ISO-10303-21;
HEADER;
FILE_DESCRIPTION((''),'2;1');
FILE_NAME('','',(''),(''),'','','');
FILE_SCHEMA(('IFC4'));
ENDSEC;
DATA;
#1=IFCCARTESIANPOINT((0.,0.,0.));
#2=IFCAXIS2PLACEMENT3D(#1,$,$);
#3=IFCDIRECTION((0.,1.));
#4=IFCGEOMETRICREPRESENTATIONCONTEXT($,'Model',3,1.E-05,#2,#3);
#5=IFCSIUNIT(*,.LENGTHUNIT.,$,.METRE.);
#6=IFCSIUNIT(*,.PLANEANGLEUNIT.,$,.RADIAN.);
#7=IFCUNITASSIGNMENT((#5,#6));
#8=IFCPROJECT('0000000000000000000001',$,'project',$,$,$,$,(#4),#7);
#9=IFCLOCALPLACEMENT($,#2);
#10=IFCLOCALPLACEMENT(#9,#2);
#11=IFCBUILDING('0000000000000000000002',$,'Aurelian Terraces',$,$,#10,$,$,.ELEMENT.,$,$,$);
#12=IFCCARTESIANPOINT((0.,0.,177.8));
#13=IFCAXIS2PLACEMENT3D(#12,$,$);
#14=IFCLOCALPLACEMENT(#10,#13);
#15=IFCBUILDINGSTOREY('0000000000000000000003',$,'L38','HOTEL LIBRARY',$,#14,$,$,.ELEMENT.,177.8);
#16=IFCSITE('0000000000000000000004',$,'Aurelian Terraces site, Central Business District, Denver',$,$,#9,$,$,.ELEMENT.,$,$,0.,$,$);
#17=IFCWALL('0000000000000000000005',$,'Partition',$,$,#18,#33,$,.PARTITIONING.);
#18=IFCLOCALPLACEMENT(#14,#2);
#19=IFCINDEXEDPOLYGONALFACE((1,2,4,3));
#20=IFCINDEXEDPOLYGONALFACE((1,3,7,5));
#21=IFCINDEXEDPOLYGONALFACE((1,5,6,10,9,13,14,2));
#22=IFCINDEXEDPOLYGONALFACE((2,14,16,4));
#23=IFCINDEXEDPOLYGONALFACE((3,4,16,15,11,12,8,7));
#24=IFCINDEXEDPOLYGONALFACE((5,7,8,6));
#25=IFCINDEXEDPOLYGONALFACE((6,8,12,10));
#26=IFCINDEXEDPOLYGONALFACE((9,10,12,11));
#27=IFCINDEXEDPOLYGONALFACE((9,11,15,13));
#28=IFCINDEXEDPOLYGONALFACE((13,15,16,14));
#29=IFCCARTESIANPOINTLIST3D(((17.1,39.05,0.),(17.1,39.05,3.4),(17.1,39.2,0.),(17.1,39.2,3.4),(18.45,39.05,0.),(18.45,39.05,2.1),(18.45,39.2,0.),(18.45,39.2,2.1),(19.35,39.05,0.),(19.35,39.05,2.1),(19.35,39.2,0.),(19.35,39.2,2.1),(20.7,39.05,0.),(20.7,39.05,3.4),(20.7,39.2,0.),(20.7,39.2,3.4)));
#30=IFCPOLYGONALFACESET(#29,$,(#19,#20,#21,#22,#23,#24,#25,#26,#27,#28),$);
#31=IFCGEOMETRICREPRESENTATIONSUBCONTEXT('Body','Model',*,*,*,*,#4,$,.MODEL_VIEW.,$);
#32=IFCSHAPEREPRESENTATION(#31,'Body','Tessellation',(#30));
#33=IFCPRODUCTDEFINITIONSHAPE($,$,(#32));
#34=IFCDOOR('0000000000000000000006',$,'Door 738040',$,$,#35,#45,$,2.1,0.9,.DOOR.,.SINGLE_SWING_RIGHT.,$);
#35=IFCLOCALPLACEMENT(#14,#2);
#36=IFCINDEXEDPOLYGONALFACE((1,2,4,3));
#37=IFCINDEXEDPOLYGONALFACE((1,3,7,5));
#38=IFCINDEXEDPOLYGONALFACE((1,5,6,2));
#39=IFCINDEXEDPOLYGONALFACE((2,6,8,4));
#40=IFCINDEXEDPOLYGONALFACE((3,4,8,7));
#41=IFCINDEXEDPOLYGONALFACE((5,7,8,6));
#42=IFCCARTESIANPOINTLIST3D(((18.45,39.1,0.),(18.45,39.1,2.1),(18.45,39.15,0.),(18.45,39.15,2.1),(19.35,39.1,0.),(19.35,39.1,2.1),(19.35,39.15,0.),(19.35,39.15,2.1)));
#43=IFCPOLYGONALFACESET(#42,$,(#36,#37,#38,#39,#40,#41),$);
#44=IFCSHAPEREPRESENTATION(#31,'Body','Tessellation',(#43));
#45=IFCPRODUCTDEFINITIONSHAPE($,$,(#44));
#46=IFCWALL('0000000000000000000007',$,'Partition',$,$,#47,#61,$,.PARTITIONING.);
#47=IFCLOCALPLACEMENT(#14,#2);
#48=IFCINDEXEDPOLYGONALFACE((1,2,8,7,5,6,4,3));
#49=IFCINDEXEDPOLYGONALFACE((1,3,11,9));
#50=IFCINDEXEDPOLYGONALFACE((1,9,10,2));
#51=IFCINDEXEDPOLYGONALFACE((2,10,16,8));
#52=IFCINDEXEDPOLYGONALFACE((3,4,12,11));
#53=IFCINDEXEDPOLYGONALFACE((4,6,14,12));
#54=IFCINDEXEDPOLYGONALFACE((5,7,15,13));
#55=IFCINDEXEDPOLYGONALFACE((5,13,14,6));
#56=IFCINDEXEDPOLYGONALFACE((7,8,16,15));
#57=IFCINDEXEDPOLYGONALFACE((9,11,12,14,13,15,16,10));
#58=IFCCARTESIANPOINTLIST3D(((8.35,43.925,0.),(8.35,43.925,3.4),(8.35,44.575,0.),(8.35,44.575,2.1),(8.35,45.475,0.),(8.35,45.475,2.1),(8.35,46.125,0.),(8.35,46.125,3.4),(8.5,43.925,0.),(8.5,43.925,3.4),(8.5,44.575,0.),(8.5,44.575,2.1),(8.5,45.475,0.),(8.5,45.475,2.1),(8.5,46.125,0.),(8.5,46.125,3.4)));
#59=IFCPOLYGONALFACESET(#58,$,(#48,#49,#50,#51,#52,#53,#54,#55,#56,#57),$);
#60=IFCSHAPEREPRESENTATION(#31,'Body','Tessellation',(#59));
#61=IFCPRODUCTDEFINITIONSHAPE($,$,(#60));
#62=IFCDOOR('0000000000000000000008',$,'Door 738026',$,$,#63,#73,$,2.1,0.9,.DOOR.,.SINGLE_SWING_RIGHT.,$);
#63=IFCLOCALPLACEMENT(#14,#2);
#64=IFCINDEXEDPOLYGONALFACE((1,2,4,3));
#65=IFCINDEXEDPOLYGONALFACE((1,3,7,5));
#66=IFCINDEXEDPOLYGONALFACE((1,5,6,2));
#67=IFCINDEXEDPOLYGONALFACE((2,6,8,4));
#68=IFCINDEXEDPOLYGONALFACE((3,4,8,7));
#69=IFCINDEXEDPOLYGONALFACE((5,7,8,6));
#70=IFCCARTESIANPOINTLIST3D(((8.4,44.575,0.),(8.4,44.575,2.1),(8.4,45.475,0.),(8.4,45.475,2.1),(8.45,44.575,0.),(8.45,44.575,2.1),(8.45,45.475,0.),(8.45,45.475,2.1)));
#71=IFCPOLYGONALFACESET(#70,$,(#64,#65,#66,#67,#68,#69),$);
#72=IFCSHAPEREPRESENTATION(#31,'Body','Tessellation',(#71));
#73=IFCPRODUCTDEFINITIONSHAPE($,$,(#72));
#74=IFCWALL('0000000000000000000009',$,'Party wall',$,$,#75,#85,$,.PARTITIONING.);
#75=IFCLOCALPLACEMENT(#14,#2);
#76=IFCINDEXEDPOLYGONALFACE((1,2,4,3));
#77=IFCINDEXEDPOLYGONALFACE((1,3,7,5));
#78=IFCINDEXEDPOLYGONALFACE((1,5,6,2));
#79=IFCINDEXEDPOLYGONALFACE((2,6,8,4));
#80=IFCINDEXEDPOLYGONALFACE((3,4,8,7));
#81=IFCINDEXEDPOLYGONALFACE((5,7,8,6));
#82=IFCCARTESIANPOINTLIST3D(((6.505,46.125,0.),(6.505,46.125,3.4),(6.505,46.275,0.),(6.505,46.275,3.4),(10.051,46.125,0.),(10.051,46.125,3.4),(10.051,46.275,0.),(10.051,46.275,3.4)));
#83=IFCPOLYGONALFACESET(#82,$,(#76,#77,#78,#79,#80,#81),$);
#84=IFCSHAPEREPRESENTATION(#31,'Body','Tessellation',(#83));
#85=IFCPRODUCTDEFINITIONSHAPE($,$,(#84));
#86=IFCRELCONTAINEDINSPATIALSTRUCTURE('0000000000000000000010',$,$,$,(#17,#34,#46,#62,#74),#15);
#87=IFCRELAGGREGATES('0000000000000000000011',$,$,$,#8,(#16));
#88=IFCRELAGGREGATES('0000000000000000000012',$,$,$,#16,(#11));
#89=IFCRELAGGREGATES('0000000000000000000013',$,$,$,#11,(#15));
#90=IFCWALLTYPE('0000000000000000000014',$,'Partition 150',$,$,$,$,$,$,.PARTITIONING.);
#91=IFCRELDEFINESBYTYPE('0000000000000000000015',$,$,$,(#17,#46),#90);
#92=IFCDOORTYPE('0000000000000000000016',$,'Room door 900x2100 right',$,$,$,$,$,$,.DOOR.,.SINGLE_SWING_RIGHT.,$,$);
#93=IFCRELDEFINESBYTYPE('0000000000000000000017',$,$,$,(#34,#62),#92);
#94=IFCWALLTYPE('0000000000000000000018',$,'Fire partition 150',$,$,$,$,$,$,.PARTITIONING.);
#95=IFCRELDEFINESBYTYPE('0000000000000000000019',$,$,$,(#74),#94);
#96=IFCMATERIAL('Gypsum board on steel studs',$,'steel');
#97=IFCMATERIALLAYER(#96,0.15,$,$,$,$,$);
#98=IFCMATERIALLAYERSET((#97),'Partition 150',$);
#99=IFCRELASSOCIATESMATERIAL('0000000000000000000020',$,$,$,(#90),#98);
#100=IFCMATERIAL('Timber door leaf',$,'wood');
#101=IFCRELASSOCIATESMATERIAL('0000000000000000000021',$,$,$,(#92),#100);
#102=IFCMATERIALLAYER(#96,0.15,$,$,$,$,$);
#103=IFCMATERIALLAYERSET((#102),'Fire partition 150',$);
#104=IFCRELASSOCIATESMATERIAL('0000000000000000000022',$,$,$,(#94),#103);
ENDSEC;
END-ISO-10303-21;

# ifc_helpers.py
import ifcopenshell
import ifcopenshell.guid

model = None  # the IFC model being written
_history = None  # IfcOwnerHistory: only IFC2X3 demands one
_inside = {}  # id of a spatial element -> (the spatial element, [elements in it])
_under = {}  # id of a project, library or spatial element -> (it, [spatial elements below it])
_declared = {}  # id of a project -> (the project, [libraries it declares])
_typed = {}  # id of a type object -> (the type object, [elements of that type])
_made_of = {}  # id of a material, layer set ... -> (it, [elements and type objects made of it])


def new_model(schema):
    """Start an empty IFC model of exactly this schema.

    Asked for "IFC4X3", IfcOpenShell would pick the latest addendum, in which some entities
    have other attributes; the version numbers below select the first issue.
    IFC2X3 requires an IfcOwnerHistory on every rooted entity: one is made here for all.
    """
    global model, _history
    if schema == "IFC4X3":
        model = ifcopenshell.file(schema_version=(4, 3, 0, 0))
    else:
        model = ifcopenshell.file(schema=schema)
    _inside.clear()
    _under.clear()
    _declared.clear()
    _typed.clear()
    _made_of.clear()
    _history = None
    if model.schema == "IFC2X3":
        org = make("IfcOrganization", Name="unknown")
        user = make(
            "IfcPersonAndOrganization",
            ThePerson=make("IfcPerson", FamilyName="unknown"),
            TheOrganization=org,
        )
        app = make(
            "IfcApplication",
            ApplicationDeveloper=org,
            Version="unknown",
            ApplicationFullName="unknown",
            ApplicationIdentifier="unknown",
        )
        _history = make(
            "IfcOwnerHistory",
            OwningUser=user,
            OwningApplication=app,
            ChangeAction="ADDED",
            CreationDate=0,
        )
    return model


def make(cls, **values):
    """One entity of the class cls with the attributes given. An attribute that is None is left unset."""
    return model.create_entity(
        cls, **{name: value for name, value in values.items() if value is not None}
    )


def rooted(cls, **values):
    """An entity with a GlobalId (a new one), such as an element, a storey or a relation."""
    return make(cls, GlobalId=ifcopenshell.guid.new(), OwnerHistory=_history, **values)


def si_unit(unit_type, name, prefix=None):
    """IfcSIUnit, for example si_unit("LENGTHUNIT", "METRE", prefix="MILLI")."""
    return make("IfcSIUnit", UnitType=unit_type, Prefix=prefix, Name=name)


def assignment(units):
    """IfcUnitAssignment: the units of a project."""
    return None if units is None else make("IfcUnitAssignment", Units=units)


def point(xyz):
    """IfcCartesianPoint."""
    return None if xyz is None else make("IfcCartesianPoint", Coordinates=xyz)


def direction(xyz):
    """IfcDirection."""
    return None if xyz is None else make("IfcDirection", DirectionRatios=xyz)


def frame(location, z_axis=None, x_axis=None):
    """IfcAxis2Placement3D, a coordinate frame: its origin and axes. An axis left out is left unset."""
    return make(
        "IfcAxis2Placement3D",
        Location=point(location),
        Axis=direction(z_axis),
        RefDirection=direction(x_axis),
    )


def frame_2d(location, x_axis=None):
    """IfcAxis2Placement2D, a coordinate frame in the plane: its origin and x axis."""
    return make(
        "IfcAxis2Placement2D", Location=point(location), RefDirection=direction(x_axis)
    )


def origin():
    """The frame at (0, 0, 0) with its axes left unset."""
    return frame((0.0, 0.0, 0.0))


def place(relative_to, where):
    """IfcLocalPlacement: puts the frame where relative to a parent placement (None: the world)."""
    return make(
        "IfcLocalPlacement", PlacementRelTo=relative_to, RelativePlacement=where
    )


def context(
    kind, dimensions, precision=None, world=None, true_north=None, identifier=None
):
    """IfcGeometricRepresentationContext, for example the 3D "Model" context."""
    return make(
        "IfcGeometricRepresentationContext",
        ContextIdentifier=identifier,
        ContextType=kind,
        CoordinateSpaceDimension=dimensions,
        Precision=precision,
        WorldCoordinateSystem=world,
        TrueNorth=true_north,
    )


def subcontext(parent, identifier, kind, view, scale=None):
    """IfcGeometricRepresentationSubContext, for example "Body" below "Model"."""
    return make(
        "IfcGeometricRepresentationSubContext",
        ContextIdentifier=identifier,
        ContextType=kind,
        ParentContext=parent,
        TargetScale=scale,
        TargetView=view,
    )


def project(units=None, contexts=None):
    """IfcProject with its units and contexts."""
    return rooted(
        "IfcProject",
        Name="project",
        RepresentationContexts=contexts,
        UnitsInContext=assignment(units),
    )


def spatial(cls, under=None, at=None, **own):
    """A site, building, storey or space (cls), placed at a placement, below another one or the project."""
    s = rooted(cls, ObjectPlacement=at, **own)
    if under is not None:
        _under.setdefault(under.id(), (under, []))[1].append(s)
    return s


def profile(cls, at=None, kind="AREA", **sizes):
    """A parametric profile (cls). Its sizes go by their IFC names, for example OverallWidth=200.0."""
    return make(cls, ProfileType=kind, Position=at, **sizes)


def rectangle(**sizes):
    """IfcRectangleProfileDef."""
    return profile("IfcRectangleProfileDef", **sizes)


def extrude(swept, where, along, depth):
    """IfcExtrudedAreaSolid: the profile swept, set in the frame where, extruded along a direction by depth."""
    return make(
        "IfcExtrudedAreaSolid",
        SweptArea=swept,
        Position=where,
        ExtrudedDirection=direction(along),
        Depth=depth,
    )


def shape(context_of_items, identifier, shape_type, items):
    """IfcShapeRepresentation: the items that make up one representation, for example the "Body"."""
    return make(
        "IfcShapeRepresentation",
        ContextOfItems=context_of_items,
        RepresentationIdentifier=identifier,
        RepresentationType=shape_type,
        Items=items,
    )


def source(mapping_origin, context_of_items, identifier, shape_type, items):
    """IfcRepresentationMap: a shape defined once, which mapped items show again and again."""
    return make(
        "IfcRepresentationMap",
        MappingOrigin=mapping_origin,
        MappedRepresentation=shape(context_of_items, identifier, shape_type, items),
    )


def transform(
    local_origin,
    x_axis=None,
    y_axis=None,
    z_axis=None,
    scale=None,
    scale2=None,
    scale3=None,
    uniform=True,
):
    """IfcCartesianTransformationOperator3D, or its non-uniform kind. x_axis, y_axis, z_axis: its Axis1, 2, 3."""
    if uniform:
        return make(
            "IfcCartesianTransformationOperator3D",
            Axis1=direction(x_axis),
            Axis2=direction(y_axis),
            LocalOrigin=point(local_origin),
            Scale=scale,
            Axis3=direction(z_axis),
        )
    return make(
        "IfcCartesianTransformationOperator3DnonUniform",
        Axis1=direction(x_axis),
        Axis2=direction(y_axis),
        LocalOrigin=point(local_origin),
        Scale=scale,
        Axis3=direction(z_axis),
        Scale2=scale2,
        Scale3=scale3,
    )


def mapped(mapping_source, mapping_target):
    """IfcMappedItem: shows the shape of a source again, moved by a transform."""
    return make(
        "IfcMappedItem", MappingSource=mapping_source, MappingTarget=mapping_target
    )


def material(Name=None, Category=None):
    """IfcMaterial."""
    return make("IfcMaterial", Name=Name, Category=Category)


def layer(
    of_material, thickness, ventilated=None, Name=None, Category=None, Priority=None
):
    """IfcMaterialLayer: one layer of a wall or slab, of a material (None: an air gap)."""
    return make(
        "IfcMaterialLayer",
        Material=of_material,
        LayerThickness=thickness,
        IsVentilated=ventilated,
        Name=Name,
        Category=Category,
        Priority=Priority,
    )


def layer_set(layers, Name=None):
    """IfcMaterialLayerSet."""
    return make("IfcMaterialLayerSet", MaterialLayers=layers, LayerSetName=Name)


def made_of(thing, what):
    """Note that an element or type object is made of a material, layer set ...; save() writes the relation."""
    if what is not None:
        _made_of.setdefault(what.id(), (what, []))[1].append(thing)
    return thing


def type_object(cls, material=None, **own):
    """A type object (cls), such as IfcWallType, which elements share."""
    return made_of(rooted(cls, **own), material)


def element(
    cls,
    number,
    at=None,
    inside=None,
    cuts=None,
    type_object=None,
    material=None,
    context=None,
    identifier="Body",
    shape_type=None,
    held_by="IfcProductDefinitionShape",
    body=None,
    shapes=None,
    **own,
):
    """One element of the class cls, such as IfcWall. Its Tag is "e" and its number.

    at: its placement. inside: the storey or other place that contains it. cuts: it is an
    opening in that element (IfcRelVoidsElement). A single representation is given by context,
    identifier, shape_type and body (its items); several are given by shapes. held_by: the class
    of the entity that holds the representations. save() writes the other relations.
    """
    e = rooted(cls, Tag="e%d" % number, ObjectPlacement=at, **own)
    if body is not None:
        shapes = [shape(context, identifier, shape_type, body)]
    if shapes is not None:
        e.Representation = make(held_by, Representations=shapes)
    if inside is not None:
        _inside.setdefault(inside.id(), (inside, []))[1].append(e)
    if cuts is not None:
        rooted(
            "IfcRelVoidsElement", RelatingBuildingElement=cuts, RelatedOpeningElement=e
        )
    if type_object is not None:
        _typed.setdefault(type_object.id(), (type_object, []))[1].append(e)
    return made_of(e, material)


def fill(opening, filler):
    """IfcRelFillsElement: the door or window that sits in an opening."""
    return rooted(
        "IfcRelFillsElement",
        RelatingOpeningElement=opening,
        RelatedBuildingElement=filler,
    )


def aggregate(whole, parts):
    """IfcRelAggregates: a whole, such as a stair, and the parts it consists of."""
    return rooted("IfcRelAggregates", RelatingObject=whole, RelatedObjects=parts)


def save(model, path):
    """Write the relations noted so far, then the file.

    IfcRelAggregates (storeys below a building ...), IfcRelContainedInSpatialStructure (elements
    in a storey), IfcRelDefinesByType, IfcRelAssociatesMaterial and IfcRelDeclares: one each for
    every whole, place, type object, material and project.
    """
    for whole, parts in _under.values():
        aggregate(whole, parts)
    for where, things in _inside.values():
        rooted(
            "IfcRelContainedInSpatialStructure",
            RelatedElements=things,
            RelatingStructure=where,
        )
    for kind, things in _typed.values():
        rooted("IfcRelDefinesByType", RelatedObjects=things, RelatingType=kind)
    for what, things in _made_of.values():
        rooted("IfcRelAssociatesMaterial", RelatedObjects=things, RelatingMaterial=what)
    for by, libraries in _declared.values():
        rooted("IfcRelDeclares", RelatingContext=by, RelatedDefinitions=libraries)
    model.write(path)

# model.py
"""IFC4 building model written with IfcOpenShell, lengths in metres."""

from ifc_helpers import new_model, si_unit, direction, frame, frame_2d, origin, place, context, subcontext, project, spatial, rectangle, extrude, source, transform, mapped, material, layer, layer_set, type_object, element, fill, save


model = new_model("IFC4")

# Units and contexts
model_context = context("Model", 3, precision=1e-05, world=origin(), true_north=direction((0.0, 1.0)))
body_context = subcontext(model_context, "Body", "Model", "MODEL_VIEW")
ifc_project = project(units=[si_unit("LENGTHUNIT", "METRE"), si_unit("PLANEANGLEUNIT", "RADIAN")], contexts=[model_context])

# Site, building, storey
site_placement = place(None, origin())
site = spatial("IfcSite", under=ifc_project, at=site_placement, Name="Aurelian Terraces site, Central Business District, Denver", CompositionType="ELEMENT", RefElevation=0.0)
building_placement = place(site_placement, origin())
building = spatial("IfcBuilding", under=site, at=building_placement, Name="Aurelian Terraces", CompositionType="ELEMENT")
storey_placement = place(building_placement, frame((0.0, 0.0, 177.8)))
storey = spatial("IfcBuildingStorey", under=building, at=storey_placement, Name="L38", Description="HOTEL LIBRARY", CompositionType="ELEMENT", Elevation=177.8)

# Shared definitions
ifc_material_1 = material(Name="Gypsum board on steel studs", Category="steel")
ifc_layer_1 = layer(ifc_material_1, 0.15)
ifc_layer_set_1 = layer_set([ifc_layer_1], Name="Partition 150")
wall_type_1 = type_object("IfcWallType", Name="Partition 150", PredefinedType="PARTITIONING", material=ifc_layer_set_1)

# Shared definitions
ifc_material_2 = material(Name="Timber door leaf", Category="wood")
shared_shape_1 = source(origin(), body_context, "Body", "SweptSolid", [
    extrude(rectangle(XDim=0.9, YDim=2.1, at=frame_2d((0.45, 1.05))), frame((0.0, 0.025, 0.0), z_axis=(0.0, -1.0, 0.0), x_axis=(1.0, 0.0, 0.0)), (0.0, 0.0, 1.0), 0.05),
])

# Walls, openings, doors
shared_shape_2 = source(origin(), body_context, "Body", "SweptSolid", [
    extrude(rectangle(XDim=3.6, YDim=0.15, at=frame_2d((1.8, 0.0))), origin(), (0.0, 0.0, 1.0), 3.4),
])
wall_1_placement = place(storey_placement, frame((17.1, 39.125, 0.0), z_axis=(0.0, 0.0, 1.0), x_axis=(1.0, 0.0, 0.0)))
wall_1 = element("IfcWall", 1, at=wall_1_placement, inside=storey, type_object=wall_type_1, Name="Partition", PredefinedType="PARTITIONING", context=body_context, shape_type="MappedRepresentation", body=[
    mapped(shared_shape_2, transform((0.0, 0.0, 0.0), scale=1.0)),
])
shared_shape_3 = source(origin(), body_context, "Body", "SweptSolid", [
    extrude(rectangle(XDim=0.9, YDim=2.1, at=frame_2d((0.45, 1.05))), frame((0.0, 0.085, 0.0), z_axis=(0.0, -1.0, 0.0), x_axis=(1.0, 0.0, 0.0)), (0.0, 0.0, 1.0), 0.17),
])
opening_1_placement = place(wall_1_placement, frame((1.35, 0.0, 0.0)))
opening_1 = element("IfcOpeningElement", 2, at=opening_1_placement, cuts=wall_1, PredefinedType="OPENING", context=body_context, shape_type="MappedRepresentation", body=[
    mapped(shared_shape_3, transform((0.0, 0.0, 0.0), scale=1.0)),
])
door_type_1 = type_object("IfcDoorType", Name="Room door 900x2100 right", OperationType="SINGLE_SWING_RIGHT", PredefinedType="DOOR", material=ifc_material_2)
door_1_placement = place(opening_1_placement, origin())
door_1 = element("IfcDoor", 3, at=door_1_placement, inside=storey, type_object=door_type_1, Name="Door 738040", OperationType="SINGLE_SWING_RIGHT", OverallHeight=2.1, OverallWidth=0.9, PredefinedType="DOOR", context=body_context, shape_type="MappedRepresentation", body=[
    mapped(shared_shape_1, transform((0.0, 0.0, 0.0), scale=1.0)),
])
fill(opening_1, door_1)
shared_shape_4 = source(origin(), body_context, "Body", "SweptSolid", [
    extrude(rectangle(XDim=2.2, YDim=0.15, at=frame_2d((1.1, 0.0))), origin(), (0.0, 0.0, 1.0), 3.4),
])
wall_2_placement = place(storey_placement, frame((8.425, 43.925, 0.0), z_axis=(0.0, 0.0, 1.0), x_axis=(0.0, 1.0, 0.0)))
wall_2 = element("IfcWall", 4, at=wall_2_placement, inside=storey, type_object=wall_type_1, Name="Partition", PredefinedType="PARTITIONING", context=body_context, shape_type="MappedRepresentation", body=[
    mapped(shared_shape_4, transform((0.0, 0.0, 0.0), scale=1.0)),
])
opening_2_placement = place(wall_2_placement, frame((0.65, 0.0, 0.0)))
opening_2 = element("IfcOpeningElement", 5, at=opening_2_placement, cuts=wall_2, PredefinedType="OPENING", context=body_context, shape_type="MappedRepresentation", body=[
    mapped(shared_shape_3, transform((0.0, 0.0, 0.0), scale=1.0)),
])
door_2_placement = place(opening_2_placement, origin())
door_2 = element("IfcDoor", 6, at=door_2_placement, inside=storey, type_object=door_type_1, Name="Door 738026", OperationType="SINGLE_SWING_RIGHT", OverallHeight=2.1, OverallWidth=0.9, PredefinedType="DOOR", context=body_context, shape_type="MappedRepresentation", body=[
    mapped(shared_shape_1, transform((0.0, 0.0, 0.0), scale=1.0)),
])
fill(opening_2, door_2)

# Wall
ifc_layer_2 = layer(ifc_material_1, 0.15)
ifc_layer_set_2 = layer_set([ifc_layer_2], Name="Fire partition 150")
wall_type_2 = type_object("IfcWallType", Name="Fire partition 150", PredefinedType="PARTITIONING", material=ifc_layer_set_2)
shared_shape_5 = source(origin(), body_context, "Body", "SweptSolid", [
    extrude(rectangle(XDim=3.546, YDim=0.15, at=frame_2d((1.773, 0.0))), origin(), (0.0, 0.0, 1.0), 3.4),
])
wall_3_placement = place(storey_placement, frame((10.051, 46.2, 0.0), z_axis=(0.0, 0.0, 1.0), x_axis=(-1.0, 0.0, 0.0)))
element("IfcWall", 7, at=wall_3_placement, inside=storey, type_object=wall_type_2, Name="Party wall", PredefinedType="PARTITIONING", context=body_context, shape_type="MappedRepresentation", body=[
    mapped(shared_shape_5, transform((0.0, 0.0, 0.0), scale=1.0)),
])

save(model, "model.ifc")
